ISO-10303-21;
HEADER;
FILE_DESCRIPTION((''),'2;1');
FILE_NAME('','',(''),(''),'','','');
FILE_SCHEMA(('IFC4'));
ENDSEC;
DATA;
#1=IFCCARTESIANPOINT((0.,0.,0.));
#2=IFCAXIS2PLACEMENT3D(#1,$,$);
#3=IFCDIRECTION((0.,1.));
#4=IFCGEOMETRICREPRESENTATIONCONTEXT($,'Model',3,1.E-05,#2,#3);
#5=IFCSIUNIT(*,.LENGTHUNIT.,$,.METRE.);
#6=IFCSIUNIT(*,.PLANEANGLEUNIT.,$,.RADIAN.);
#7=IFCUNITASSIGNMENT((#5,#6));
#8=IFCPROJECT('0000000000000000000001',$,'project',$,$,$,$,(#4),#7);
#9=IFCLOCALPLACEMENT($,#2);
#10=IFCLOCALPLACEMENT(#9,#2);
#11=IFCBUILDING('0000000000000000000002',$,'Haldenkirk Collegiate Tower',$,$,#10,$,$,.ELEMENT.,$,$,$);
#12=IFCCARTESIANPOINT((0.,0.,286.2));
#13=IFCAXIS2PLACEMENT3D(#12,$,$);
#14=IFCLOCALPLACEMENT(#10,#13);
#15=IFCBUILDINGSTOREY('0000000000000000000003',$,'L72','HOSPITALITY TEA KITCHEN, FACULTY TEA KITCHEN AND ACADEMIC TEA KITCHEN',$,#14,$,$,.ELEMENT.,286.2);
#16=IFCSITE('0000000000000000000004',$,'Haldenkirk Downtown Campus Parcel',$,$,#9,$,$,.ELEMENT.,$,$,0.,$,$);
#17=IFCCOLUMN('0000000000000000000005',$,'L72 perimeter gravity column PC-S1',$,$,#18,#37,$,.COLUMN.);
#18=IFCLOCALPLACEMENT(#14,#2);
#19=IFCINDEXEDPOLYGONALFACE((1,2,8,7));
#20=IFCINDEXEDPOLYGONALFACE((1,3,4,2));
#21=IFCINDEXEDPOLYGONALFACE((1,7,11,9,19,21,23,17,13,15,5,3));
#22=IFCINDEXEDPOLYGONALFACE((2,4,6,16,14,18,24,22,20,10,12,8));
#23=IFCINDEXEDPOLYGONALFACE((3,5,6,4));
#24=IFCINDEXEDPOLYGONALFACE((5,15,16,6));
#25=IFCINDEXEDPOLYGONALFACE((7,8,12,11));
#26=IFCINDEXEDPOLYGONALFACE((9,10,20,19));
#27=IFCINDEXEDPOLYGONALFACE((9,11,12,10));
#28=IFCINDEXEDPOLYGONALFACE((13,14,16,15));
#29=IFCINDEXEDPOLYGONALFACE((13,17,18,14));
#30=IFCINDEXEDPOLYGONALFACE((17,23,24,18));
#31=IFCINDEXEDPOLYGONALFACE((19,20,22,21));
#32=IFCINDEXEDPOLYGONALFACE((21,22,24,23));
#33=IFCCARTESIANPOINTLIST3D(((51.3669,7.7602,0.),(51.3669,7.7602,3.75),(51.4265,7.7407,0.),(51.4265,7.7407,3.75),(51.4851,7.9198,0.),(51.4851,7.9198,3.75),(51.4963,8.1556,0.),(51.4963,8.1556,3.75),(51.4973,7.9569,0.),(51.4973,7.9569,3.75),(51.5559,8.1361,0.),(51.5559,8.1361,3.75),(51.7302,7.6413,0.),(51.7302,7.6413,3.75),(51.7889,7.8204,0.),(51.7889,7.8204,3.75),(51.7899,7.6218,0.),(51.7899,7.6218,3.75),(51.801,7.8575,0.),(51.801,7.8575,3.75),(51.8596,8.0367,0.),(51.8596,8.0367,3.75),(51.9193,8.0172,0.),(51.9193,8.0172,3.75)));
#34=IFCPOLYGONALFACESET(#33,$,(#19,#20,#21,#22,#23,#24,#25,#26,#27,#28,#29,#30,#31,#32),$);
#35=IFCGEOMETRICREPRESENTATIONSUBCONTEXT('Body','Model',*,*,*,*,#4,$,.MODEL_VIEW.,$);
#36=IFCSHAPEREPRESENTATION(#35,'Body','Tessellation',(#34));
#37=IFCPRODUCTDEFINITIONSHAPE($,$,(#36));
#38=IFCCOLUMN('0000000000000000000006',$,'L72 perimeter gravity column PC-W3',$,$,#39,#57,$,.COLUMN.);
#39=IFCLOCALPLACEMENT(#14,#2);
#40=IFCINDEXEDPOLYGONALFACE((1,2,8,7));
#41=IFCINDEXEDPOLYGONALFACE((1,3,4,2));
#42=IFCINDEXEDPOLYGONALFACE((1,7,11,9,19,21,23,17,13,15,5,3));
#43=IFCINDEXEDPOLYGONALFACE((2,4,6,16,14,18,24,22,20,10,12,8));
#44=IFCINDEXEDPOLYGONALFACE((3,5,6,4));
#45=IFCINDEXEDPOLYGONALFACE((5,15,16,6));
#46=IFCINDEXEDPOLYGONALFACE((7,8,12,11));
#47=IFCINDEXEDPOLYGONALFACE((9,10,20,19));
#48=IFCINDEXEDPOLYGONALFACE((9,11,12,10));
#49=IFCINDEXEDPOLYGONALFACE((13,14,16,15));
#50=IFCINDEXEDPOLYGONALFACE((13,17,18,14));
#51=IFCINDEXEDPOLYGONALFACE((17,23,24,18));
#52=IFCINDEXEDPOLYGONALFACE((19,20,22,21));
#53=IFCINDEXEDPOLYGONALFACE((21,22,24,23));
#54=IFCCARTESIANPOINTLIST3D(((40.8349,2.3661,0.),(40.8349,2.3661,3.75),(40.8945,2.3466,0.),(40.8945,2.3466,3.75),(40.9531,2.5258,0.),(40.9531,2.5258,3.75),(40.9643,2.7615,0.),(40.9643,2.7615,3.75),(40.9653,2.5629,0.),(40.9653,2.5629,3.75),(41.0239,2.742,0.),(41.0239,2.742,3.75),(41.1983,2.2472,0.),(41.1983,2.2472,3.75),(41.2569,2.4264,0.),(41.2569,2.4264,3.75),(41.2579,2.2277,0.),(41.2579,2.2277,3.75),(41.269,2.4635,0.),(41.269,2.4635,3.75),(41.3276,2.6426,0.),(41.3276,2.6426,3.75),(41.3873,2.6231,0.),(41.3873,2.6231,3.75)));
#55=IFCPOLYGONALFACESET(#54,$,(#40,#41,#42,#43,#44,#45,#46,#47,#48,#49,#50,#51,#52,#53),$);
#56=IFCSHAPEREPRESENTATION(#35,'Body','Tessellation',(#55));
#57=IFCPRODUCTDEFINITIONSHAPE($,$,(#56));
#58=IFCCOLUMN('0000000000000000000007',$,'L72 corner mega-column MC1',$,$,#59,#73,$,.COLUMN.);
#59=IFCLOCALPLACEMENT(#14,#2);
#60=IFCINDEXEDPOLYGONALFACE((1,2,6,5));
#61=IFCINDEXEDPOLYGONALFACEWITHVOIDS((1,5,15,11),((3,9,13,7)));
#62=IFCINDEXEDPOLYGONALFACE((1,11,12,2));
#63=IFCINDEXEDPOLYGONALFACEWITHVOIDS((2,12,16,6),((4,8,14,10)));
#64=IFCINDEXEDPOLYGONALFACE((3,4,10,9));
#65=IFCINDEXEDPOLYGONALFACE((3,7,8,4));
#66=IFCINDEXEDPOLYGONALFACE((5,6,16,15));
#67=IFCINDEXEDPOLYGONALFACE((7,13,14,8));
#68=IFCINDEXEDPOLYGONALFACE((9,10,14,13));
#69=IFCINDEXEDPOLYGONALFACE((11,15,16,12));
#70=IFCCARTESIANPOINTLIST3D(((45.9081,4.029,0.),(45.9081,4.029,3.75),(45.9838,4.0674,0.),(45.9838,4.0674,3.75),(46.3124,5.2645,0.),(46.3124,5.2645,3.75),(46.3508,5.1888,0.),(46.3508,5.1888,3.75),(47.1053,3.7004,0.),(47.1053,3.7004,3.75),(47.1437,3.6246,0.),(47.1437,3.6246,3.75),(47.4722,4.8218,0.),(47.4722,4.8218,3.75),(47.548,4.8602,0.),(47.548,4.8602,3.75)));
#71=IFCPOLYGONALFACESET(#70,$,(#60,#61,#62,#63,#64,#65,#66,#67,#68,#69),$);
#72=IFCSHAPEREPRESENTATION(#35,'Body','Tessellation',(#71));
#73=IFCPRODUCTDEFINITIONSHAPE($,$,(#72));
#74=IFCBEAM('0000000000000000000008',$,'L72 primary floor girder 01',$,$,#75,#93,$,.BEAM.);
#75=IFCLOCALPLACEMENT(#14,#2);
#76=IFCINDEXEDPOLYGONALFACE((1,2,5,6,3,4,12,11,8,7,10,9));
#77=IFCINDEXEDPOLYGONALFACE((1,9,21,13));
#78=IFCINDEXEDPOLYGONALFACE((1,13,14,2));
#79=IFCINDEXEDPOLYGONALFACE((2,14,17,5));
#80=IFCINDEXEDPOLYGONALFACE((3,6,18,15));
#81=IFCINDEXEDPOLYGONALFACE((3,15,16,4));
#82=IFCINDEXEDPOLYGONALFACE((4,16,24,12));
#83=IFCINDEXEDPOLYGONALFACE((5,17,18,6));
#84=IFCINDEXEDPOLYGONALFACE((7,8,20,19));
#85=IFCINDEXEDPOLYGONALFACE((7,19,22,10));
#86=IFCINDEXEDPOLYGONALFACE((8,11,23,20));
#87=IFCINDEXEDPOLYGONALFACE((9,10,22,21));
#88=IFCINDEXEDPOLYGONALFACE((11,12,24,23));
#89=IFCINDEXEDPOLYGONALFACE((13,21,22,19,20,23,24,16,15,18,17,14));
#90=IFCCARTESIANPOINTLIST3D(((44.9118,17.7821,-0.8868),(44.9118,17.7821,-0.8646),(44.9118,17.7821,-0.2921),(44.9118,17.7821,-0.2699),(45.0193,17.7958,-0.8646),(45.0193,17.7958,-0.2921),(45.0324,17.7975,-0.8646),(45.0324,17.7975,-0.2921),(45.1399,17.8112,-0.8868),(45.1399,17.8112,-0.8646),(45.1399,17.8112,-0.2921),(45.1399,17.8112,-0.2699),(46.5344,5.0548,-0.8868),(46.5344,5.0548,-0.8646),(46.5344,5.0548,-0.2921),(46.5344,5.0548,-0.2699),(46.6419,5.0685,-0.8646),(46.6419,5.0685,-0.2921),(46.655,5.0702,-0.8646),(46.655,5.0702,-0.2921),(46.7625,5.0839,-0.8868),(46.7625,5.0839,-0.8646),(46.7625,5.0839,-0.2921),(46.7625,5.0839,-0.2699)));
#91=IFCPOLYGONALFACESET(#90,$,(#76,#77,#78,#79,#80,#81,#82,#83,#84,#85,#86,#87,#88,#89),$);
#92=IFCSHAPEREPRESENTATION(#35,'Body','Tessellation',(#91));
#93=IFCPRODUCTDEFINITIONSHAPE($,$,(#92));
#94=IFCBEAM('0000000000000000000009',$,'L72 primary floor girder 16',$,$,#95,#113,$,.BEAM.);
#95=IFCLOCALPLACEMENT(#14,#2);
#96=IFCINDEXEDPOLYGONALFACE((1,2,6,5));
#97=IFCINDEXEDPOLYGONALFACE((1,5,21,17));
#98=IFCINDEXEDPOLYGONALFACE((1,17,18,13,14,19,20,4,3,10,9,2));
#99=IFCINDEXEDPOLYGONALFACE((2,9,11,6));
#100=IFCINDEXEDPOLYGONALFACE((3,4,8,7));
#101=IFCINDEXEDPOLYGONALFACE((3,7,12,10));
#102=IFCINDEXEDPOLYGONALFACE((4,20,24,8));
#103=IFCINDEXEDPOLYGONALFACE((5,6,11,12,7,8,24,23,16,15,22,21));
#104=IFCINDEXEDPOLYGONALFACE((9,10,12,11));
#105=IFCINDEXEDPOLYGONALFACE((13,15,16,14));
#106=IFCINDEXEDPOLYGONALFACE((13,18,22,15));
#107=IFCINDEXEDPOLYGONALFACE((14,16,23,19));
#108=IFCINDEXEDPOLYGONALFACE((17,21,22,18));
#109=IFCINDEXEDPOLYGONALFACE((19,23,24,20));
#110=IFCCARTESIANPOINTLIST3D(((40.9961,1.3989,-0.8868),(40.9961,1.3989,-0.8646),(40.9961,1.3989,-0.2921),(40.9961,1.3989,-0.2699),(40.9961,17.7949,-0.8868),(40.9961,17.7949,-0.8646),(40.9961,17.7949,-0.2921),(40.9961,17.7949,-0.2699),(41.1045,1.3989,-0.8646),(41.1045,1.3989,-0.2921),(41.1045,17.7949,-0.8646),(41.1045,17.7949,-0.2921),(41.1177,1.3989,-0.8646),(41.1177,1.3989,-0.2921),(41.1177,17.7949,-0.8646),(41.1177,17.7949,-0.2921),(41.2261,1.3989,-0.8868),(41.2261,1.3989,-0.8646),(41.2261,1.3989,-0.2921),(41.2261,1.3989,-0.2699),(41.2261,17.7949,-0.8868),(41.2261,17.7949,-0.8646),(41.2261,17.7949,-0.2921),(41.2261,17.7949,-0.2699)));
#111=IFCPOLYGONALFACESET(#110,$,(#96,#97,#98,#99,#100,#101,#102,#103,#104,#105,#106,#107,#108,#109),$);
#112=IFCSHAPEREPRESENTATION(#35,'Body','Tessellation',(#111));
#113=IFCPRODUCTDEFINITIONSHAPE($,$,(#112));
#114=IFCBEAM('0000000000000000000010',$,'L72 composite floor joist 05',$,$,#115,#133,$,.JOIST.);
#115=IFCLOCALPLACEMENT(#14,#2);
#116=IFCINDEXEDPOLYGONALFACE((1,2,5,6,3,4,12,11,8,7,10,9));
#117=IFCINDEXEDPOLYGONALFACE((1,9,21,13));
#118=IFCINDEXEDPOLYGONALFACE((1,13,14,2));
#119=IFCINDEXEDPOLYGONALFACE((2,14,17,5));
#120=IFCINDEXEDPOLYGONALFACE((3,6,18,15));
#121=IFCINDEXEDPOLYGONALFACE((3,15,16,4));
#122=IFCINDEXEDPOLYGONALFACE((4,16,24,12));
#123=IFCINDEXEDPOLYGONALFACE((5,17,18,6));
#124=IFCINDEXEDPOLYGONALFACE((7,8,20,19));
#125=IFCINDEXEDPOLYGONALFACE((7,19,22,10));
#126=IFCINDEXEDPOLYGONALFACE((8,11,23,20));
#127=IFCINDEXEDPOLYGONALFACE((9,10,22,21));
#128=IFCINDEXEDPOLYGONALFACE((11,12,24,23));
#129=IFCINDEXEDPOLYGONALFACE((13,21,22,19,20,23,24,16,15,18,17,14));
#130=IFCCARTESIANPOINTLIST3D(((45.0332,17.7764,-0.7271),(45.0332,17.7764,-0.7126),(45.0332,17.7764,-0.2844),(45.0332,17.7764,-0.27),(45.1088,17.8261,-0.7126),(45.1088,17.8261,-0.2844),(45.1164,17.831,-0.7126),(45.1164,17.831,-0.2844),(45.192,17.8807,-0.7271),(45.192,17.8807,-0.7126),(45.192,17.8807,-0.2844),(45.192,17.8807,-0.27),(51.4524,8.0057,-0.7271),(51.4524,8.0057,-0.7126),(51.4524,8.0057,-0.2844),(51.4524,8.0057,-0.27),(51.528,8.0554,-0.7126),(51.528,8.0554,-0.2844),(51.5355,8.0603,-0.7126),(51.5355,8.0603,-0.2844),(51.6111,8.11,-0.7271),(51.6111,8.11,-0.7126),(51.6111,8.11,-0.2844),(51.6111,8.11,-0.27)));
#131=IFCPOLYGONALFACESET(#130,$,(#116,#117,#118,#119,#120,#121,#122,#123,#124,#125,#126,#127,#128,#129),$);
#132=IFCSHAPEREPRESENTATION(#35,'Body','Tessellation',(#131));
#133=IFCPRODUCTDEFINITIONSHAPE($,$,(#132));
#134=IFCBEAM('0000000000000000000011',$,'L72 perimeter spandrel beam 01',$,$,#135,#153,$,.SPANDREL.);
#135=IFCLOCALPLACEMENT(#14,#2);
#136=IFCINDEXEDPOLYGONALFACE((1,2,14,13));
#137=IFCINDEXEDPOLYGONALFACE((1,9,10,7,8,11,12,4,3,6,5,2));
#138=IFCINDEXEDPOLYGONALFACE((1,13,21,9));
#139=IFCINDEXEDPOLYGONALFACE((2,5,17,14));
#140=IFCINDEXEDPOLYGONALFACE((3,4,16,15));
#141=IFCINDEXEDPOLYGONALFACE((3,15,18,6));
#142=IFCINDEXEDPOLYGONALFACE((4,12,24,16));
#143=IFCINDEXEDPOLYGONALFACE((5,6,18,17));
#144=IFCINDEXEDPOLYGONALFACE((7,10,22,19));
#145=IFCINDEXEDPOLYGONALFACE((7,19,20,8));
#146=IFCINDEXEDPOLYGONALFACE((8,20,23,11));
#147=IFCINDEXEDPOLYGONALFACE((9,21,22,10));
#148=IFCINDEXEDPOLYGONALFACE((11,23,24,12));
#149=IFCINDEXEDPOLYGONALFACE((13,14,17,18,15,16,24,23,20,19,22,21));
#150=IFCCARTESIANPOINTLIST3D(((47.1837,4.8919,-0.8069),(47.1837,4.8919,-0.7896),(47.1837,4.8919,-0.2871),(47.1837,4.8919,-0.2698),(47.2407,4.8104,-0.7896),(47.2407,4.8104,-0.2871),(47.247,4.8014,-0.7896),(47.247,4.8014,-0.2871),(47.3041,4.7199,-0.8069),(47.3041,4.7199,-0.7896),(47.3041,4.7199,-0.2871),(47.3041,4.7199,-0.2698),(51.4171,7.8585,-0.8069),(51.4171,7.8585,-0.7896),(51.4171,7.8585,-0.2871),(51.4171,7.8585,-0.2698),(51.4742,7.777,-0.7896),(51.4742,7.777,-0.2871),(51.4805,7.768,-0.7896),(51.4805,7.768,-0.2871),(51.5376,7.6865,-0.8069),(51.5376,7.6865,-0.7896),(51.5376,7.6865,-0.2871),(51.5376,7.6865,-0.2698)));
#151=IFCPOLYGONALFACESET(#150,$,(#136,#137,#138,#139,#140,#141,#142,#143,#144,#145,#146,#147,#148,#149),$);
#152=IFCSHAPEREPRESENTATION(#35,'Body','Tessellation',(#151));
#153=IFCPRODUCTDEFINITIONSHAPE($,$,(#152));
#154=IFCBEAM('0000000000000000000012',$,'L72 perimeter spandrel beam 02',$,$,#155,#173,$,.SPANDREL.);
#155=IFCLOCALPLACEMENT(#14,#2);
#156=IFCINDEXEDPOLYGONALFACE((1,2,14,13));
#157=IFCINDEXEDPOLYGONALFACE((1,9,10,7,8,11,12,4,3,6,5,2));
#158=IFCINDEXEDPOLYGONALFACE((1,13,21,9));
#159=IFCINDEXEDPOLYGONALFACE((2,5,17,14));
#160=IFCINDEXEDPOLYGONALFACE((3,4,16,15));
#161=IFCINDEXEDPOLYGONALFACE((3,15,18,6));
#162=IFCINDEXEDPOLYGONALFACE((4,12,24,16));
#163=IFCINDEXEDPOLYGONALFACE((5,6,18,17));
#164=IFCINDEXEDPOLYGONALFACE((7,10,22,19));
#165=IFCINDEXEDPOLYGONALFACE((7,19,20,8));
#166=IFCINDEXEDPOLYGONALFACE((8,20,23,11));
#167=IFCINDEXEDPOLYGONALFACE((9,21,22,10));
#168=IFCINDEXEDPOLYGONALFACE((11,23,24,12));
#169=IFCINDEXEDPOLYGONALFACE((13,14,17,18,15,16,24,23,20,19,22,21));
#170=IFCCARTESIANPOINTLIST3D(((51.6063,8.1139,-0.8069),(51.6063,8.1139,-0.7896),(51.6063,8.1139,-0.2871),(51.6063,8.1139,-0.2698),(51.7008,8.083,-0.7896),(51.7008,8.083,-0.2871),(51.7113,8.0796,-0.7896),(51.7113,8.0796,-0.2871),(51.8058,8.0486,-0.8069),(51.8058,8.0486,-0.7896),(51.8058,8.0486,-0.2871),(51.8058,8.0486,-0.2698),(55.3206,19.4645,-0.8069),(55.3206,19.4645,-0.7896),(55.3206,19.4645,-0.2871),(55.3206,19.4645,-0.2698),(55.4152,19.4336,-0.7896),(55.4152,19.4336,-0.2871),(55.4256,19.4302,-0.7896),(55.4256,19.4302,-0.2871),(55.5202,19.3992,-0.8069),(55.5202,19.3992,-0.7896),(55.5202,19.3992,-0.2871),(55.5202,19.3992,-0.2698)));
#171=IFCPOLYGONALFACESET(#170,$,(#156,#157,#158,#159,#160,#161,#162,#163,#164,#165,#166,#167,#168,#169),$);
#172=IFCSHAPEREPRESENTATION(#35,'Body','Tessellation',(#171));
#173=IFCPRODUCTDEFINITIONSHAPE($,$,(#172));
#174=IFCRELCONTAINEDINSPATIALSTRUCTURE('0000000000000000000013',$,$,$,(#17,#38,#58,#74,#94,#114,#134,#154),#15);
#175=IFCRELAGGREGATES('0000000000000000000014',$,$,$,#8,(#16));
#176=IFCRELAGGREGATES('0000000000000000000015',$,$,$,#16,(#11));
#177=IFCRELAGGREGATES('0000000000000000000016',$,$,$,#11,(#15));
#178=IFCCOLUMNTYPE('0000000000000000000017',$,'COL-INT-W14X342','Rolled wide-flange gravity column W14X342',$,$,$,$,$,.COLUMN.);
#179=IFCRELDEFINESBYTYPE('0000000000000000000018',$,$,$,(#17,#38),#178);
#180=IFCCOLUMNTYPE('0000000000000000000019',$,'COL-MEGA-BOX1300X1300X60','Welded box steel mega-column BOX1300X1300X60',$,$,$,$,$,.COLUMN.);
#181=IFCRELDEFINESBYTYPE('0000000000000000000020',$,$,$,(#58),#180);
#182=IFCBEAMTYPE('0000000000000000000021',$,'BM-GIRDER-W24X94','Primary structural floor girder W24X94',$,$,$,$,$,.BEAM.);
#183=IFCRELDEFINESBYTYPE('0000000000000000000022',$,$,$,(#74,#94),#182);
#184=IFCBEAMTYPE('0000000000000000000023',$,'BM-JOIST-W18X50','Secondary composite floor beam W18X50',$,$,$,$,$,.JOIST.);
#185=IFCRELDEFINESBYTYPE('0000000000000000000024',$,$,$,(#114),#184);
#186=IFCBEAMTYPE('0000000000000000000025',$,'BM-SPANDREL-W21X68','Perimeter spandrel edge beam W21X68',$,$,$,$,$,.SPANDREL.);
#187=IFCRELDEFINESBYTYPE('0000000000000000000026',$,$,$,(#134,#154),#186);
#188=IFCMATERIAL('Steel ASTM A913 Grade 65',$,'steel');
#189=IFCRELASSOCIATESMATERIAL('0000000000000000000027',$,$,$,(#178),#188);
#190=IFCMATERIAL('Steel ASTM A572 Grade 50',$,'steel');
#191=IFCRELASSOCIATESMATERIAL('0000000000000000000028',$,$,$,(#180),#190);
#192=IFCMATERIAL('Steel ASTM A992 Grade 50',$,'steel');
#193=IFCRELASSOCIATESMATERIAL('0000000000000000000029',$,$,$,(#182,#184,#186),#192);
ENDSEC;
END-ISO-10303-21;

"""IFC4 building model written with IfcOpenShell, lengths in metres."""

from ifc_helpers import new_model, si_unit, direction, frame, origin, origin_2d, place, context, subcontext, project, spatial, hollow_rectangle, i_section, extrude, material, material_profile, profile_set, type_object, element, save


model = new_model("IFC4")

# Units and contexts
model_context = context("Model", 3, precision=1e-05, world=origin(), true_north=direction((0.0, 1.0)))
body_context = subcontext(model_context, "Body", "Model", "MODEL_VIEW")
ifc_project = project(units=[si_unit("LENGTHUNIT", "METRE"), si_unit("PLANEANGLEUNIT", "RADIAN")], contexts=[model_context])

# Site, building, storey
site_placement = place(None, origin())
site = spatial("IfcSite", under=ifc_project, at=site_placement, Name="Haldenkirk Downtown Campus Parcel", CompositionType="ELEMENT", RefElevation=0.0)
building_placement = place(site_placement, origin())
building = spatial("IfcBuilding", under=site, at=building_placement, Name="Haldenkirk Collegiate Tower", CompositionType="ELEMENT")
storey_placement = place(building_placement, frame((0.0, 0.0, 286.2)))
storey = spatial("IfcBuildingStorey", under=building, at=storey_placement, Name="L72", Description="HOSPITALITY TEA KITCHEN, FACULTY TEA KITCHEN AND ACADEMIC TEA KITCHEN", CompositionType="ELEMENT", Elevation=286.2)

# Columns
ifc_material_1 = material(Name="Steel ASTM A913 Grade 65", Category="steel")
ifc_material_profile_1 = material_profile(ifc_material_1, i_section(OverallWidth=0.416, OverallDepth=0.4451, WebThickness=0.0391, FlangeThickness=0.0627, at=origin_2d()), Name="W14X342")
ifc_profile_set_1 = profile_set([ifc_material_profile_1], Name="Steel ASTM A913 Grade 65")
column_type_1 = type_object("IfcColumnType", Name="COL-INT-W14X342", Description="Rolled wide-flange gravity column W14X342", PredefinedType="COLUMN", material=ifc_profile_set_1)
for number, where, z_axis, x_axis, name in (
    (1, (51.6431, 7.8887, 0.0), (0.0, 0.0, 1.0), (0.311008, 0.950407, 0.0), "L72 perimeter gravity column PC-S1"),
    (2, (41.1111, 2.4946, 0.0), (0.0, 0.0, 1.0), (0.311008, 0.950407, 0.0), "L72 perimeter gravity column PC-W3"),
):
    element("IfcColumn", number, at=place(storey_placement, frame(where, z_axis=z_axis, x_axis=x_axis)), inside=storey, type_object=column_type_1, Name=name, PredefinedType="COLUMN", context=body_context, shape_type="SweptSolid", body=[
        extrude(i_section(OverallWidth=0.416, OverallDepth=0.4451, WebThickness=0.0391, FlangeThickness=0.0627, at=origin_2d()), origin(), (0.0, 0.0, 1.0), 3.75),
    ])
ifc_material_2 = material(Name="Steel ASTM A572 Grade 50", Category="steel")
ifc_material_profile_2 = material_profile(ifc_material_2, hollow_rectangle(XDim=1.3, YDim=1.3, WallThickness=0.0601, at=origin_2d()), Name="BOX1300X1300X60")
ifc_profile_set_2 = profile_set([ifc_material_profile_2], Name="Steel ASTM A572 Grade 50")
column_type_2 = type_object("IfcColumnType", Name="COL-MEGA-BOX1300X1300X60", Description="Welded box steel mega-column BOX1300X1300X60", PredefinedType="COLUMN", material=ifc_profile_set_2)
column_placement = place(storey_placement, frame((46.728, 4.4446, 0.0), z_axis=(0.0, 0.0, 1.0), x_axis=(0.311008, 0.950407, 0.0)))
element("IfcColumn", 3, at=column_placement, inside=storey, type_object=column_type_2, Name="L72 corner mega-column MC1", PredefinedType="COLUMN", context=body_context, shape_type="SweptSolid", body=[
    extrude(hollow_rectangle(XDim=1.3, YDim=1.3, WallThickness=0.0601, at=origin_2d()), origin(), (0.0, 0.0, 1.0), 3.75),
])

# Beams
ifc_material_3 = material(Name="Steel ASTM A992 Grade 50", Category="steel")
ifc_material_profile_3 = material_profile(ifc_material_3, i_section(OverallWidth=0.23, OverallDepth=0.6169, WebThickness=0.0132, FlangeThickness=0.0222, at=origin_2d()), Name="W24X94")
ifc_profile_set_3 = profile_set([ifc_material_profile_3], Name="Steel ASTM A992 Grade 50")
beam_type_1 = type_object("IfcBeamType", Name="BM-GIRDER-W24X94", Description="Primary structural floor girder W24X94", PredefinedType="BEAM", material=ifc_profile_set_3)
beam_1_placement = place(storey_placement, frame((46.6484, 5.0693, -0.5784), z_axis=(-0.126463, 0.991971, 0.0), x_axis=(-0.991971, -0.126463, 0.0)))
element("IfcBeam", 4, at=beam_1_placement, inside=storey, type_object=beam_type_1, Name="L72 primary floor girder 01", PredefinedType="BEAM", context=body_context, shape_type="SweptSolid", body=[
    extrude(i_section(OverallWidth=0.23, OverallDepth=0.6169, WebThickness=0.0132, FlangeThickness=0.0222, at=origin_2d()), origin(), (0.0, 0.0, 1.0), 12.8303),
])
beam_2_placement = place(storey_placement, frame((41.1111, 1.3989, -0.5784), z_axis=(0.0, 1.0, 0.0), x_axis=(-1.0, 0.0, 0.0)))
element("IfcBeam", 5, at=beam_2_placement, inside=storey, type_object=beam_type_1, Name="L72 primary floor girder 16", PredefinedType="BEAM", context=body_context, shape_type="SweptSolid", body=[
    extrude(i_section(OverallWidth=0.23, OverallDepth=0.6169, WebThickness=0.0132, FlangeThickness=0.0222, at=origin_2d()), origin(), (0.0, 0.0, 1.0), 16.396),
])
ifc_material_profile_4 = material_profile(ifc_material_3, i_section(OverallWidth=0.1899, OverallDepth=0.457, WebThickness=0.009, FlangeThickness=0.0144, at=origin_2d()), Name="W18X50")
ifc_profile_set_4 = profile_set([ifc_material_profile_4], Name="Steel ASTM A992 Grade 50")
beam_type_2 = type_object("IfcBeamType", Name="BM-JOIST-W18X50", Description="Secondary composite floor beam W18X50", PredefinedType="JOIST", material=ifc_profile_set_4)
beam_3_placement = place(storey_placement, frame((51.5317, 8.0579, -0.4985), z_axis=(-0.549083, 0.835768, 0.0), x_axis=(-0.835768, -0.549083, 0.0)))
element("IfcBeam", 6, at=beam_3_placement, inside=storey, type_object=beam_type_2, Name="L72 composite floor joist 05", PredefinedType="JOIST", context=body_context, shape_type="SweptSolid", body=[
    extrude(i_section(OverallWidth=0.1899, OverallDepth=0.457, WebThickness=0.009, FlangeThickness=0.0144, at=origin_2d()), origin(), (0.0, 0.0, 1.0), 11.6907),
])
ifc_material_profile_5 = material_profile(ifc_material_3, i_section(OverallWidth=0.21, OverallDepth=0.5371, WebThickness=0.011, FlangeThickness=0.0173, at=origin_2d()), Name="W21X68")
ifc_profile_set_5 = profile_set([ifc_material_profile_5], Name="Steel ASTM A992 Grade 50")
beam_type_3 = type_object("IfcBeamType", Name="BM-SPANDREL-W21X68", Description="Perimeter spandrel edge beam W21X68", PredefinedType="SPANDREL", material=ifc_profile_set_5)
beam_4_placement = place(storey_placement, frame((47.2439, 4.8059, -0.5383), z_axis=(0.818943, 0.573874, 0.0), x_axis=(-0.573874, 0.818943, 0.0)))
element("IfcBeam", 7, at=beam_4_placement, inside=storey, type_object=beam_type_3, Name="L72 perimeter spandrel beam 01", PredefinedType="SPANDREL", context=body_context, shape_type="SweptSolid", body=[
    extrude(i_section(OverallWidth=0.21, OverallDepth=0.5371, WebThickness=0.011, FlangeThickness=0.0173, at=origin_2d()), origin(), (0.0, 0.0, 1.0), 5.1694),
])
beam_5_placement = place(storey_placement, frame((51.7061, 8.0813, -0.5383), z_axis=(0.31101, 0.950407, 0.0), x_axis=(-0.950407, 0.31101, 0.0)))
element("IfcBeam", 8, at=beam_5_placement, inside=storey, type_object=beam_type_3, Name="L72 perimeter spandrel beam 02", PredefinedType="SPANDREL", context=body_context, shape_type="SweptSolid", body=[
    extrude(i_section(OverallWidth=0.21, OverallDepth=0.5371, WebThickness=0.011, FlangeThickness=0.0173, at=origin_2d()), origin(), (0.0, 0.0, 1.0), 11.9429),
])

save(model, "model.ifc")
